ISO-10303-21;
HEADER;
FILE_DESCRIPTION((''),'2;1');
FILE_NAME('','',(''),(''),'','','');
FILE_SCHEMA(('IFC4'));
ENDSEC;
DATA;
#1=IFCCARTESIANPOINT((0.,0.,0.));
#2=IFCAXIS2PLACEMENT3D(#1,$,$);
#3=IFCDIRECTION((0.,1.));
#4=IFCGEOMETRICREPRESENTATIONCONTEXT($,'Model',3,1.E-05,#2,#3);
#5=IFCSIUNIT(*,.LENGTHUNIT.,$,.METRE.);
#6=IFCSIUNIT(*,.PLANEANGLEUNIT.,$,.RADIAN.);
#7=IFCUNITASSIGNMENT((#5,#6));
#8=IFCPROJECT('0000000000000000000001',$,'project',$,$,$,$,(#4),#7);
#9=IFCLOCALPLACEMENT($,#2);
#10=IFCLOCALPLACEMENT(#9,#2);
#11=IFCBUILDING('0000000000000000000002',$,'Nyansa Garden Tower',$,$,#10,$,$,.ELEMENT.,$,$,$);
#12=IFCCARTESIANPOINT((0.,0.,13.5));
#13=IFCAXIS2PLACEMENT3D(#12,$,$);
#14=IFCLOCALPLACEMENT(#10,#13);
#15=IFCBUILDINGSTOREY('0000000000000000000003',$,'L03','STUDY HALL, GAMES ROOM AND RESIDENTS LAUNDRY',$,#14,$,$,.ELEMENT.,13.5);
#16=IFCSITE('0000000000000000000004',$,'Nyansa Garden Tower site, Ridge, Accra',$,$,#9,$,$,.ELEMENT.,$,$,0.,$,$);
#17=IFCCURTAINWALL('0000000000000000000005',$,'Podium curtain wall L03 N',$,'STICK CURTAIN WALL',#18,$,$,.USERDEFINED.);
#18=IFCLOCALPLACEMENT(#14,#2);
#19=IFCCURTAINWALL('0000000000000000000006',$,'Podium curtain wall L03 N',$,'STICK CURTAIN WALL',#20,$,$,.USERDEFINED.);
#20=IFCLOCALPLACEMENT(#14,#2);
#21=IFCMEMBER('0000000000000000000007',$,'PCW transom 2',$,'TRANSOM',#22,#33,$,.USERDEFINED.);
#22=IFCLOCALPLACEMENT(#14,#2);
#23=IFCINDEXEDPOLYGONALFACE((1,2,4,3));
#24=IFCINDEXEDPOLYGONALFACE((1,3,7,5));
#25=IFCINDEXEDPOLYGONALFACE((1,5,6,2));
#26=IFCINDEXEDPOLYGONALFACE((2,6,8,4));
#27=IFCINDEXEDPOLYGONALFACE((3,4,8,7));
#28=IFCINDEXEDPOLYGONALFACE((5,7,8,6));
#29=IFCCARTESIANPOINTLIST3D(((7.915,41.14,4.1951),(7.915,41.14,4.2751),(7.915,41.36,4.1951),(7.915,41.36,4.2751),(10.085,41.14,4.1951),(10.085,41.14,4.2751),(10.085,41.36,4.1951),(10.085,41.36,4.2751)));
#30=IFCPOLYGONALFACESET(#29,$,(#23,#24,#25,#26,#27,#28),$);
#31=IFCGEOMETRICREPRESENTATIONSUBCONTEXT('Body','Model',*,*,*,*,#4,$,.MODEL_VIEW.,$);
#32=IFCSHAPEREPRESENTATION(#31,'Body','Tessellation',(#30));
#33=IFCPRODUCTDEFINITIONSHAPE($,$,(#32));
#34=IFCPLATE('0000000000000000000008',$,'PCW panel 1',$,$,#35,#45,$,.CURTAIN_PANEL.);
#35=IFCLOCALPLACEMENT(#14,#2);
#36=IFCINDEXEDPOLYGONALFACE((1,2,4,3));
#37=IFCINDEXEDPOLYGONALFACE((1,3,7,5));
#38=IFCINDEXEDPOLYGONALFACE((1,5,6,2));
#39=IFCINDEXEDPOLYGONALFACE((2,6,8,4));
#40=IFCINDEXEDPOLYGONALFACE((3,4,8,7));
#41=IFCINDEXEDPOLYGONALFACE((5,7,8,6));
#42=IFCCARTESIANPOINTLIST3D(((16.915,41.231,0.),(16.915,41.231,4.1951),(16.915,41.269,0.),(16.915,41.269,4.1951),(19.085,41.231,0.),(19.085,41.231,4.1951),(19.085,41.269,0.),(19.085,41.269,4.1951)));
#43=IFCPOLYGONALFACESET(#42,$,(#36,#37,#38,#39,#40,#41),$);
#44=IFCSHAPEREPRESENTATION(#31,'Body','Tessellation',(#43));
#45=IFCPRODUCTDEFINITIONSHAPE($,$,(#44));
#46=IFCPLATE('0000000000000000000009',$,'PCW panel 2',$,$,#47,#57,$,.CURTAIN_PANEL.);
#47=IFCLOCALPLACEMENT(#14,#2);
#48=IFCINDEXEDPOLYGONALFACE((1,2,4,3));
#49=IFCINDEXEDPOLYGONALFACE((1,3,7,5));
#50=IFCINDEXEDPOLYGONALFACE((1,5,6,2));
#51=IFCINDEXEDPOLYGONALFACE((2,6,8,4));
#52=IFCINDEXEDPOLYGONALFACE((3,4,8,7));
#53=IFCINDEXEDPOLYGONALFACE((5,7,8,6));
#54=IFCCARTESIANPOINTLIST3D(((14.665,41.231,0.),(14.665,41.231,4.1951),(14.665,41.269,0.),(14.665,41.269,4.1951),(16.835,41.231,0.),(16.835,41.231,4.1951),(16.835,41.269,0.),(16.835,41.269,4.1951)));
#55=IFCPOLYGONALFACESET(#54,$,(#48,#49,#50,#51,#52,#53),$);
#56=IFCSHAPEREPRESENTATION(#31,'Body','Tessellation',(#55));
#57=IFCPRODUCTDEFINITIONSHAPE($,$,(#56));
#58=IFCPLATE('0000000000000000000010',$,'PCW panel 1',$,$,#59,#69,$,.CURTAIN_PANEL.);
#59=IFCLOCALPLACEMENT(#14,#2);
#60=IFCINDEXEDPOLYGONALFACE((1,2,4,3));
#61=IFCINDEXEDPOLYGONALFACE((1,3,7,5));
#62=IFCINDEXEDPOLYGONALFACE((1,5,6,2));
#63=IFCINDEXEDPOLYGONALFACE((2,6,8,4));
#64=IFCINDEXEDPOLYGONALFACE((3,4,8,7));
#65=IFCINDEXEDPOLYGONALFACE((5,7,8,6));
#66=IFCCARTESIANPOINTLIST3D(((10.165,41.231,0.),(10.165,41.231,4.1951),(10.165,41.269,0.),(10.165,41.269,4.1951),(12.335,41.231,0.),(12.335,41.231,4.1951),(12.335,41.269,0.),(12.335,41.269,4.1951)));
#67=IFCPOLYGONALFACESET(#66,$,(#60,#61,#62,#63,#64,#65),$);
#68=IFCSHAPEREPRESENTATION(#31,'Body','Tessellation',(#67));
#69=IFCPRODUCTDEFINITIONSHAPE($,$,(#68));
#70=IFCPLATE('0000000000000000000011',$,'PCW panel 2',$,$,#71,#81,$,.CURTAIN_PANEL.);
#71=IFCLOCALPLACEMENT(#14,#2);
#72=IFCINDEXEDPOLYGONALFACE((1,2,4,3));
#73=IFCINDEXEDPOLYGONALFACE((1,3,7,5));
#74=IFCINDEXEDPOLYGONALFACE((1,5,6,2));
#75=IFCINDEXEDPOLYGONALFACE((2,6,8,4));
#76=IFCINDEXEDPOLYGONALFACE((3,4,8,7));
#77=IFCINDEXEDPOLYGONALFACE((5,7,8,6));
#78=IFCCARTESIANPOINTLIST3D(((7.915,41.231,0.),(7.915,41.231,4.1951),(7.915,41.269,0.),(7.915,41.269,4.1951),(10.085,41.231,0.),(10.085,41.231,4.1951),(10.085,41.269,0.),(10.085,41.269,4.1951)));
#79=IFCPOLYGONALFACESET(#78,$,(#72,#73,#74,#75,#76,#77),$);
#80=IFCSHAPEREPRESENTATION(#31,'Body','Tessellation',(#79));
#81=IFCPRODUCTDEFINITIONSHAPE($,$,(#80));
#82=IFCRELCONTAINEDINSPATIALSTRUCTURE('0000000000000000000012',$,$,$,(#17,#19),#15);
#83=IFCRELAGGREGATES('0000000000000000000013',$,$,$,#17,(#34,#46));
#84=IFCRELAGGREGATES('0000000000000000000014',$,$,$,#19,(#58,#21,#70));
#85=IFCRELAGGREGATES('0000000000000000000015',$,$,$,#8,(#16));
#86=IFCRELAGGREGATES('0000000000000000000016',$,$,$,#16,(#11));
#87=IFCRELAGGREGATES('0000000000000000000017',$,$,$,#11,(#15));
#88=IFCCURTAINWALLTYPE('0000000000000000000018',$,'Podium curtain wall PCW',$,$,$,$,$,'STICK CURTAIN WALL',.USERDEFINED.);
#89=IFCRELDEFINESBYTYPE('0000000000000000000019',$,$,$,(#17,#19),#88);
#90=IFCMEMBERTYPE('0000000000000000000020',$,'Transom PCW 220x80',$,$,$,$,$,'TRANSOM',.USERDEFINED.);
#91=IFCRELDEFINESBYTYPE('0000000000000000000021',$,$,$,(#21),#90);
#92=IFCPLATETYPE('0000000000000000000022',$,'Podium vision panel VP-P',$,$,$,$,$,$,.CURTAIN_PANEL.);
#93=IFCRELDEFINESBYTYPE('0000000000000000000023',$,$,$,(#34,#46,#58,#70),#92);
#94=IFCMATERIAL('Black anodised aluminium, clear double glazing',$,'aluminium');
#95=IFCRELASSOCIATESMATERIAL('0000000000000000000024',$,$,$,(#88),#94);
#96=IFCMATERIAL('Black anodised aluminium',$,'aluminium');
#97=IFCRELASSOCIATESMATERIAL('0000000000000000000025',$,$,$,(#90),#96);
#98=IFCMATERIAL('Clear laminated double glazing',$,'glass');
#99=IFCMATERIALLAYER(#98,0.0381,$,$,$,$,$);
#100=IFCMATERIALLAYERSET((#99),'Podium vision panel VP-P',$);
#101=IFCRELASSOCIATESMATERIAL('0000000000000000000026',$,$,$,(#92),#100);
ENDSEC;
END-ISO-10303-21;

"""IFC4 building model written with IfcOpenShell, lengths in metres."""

from ifc_helpers import new_model, si_unit, direction, frame, origin, origin_2d, place, context, subcontext, project, spatial, rectangle, extrude, material, layer, layer_set, material_profile, profile_set, type_object, element, aggregate, save


model = new_model("IFC4")

# Units and contexts
model_context = context("Model", 3, precision=1e-05, world=origin(), true_north=direction((0.0, 1.0)))
body_context = subcontext(model_context, "Body", "Model", "MODEL_VIEW")
ifc_project = project(units=[si_unit("LENGTHUNIT", "METRE"), si_unit("PLANEANGLEUNIT", "RADIAN")], contexts=[model_context])

# Site, building, storey
site_placement = place(None, origin())
site = spatial("IfcSite", under=ifc_project, at=site_placement, Name="Nyansa Garden Tower site, Ridge, Accra", CompositionType="ELEMENT", RefElevation=0.0)
building_placement = place(site_placement, origin())
building = spatial("IfcBuilding", under=site, at=building_placement, Name="Nyansa Garden Tower", CompositionType="ELEMENT")
storey_placement = place(building_placement, frame((0.0, 0.0, 13.5)))
storey = spatial("IfcBuildingStorey", under=building, at=storey_placement, Name="L03", Description="STUDY HALL, GAMES ROOM AND RESIDENTS LAUNDRY", CompositionType="ELEMENT", Elevation=13.5)

# Curtain walls
ifc_material_1 = material(Name="Black anodised aluminium, clear double glazing", Category="aluminium")
curtain_wall_type = type_object("IfcCurtainWallType", Name="Podium curtain wall PCW", ElementType="STICK CURTAIN WALL", PredefinedType="USERDEFINED", material=ifc_material_1)
curtain_wall_1_placement = place(storey_placement, origin())
curtain_wall_1 = element("IfcCurtainWall", 1, at=curtain_wall_1_placement, inside=storey, type_object=curtain_wall_type, Name="Podium curtain wall L03 N", ObjectType="STICK CURTAIN WALL", PredefinedType="USERDEFINED")
curtain_wall_2_placement = place(storey_placement, origin())
curtain_wall_2 = element("IfcCurtainWall", 2, at=curtain_wall_2_placement, inside=storey, type_object=curtain_wall_type, Name="Podium curtain wall L03 N", ObjectType="STICK CURTAIN WALL", PredefinedType="USERDEFINED")

# Member
ifc_material_2 = material(Name="Black anodised aluminium", Category="aluminium")
ifc_material_profile_1 = material_profile(ifc_material_2, rectangle(XDim=0.22, YDim=0.0801, at=origin_2d()), Name="Transom 220x80")
ifc_profile_set_1 = profile_set([ifc_material_profile_1], Name="Black anodised aluminium")
member_type_1 = type_object("IfcMemberType", Name="Transom PCW 220x80", ElementType="TRANSOM", PredefinedType="USERDEFINED", material=ifc_profile_set_1)
member_1_placement = place(storey_placement, frame((10.085, 41.25, 4.2351), z_axis=(-1.0, 0.0, 0.0), x_axis=(0.0, -1.0, 0.0)))
member_1 = element("IfcMember", 3, at=member_1_placement, type_object=member_type_1, Name="PCW transom 2", ObjectType="TRANSOM", PredefinedType="USERDEFINED", context=body_context, shape_type="SweptSolid", body=[
    extrude(rectangle(XDim=0.22, YDim=0.0801, at=origin_2d()), origin(), (0.0, 0.0, 1.0), 2.1699),
])

# Plates
ifc_material_3 = material(Name="Clear laminated double glazing", Category="glass")
ifc_layer = layer(ifc_material_3, 0.0381)
ifc_layer_set = layer_set([ifc_layer], Name="Podium vision panel VP-P")
plate_type = type_object("IfcPlateType", Name="Podium vision panel VP-P", PredefinedType="CURTAIN_PANEL", material=ifc_layer_set)
plate_1_placement = place(storey_placement, frame((18.0, 41.25, 0.0), z_axis=(0.0, 0.0, 1.0), x_axis=(-1.0, 0.0, 0.0)))
plate_1 = element("IfcPlate", 4, at=plate_1_placement, type_object=plate_type, Name="PCW panel 1", PredefinedType="CURTAIN_PANEL", context=body_context, shape_type="SweptSolid", body=[
    extrude(rectangle(XDim=2.1699, YDim=0.0381, at=origin_2d()), origin(), (0.0, 0.0, 1.0), 4.1951),
])
plate_2_placement = place(storey_placement, frame((15.75, 41.25, 0.0), z_axis=(0.0, 0.0, 1.0), x_axis=(-1.0, 0.0, 0.0)))
plate_2 = element("IfcPlate", 5, at=plate_2_placement, type_object=plate_type, Name="PCW panel 2", PredefinedType="CURTAIN_PANEL", context=body_context, shape_type="SweptSolid", body=[
    extrude(rectangle(XDim=2.1699, YDim=0.0381, at=origin_2d()), origin(), (0.0, 0.0, 1.0), 4.1951),
])
aggregate(curtain_wall_1, [plate_1, plate_2])
plate_3_placement = place(storey_placement, frame((11.25, 41.25, 0.0), z_axis=(0.0, 0.0, 1.0), x_axis=(-1.0, 0.0, 0.0)))
plate_3 = element("IfcPlate", 6, at=plate_3_placement, type_object=plate_type, Name="PCW panel 1", PredefinedType="CURTAIN_PANEL", context=body_context, shape_type="SweptSolid", body=[
    extrude(rectangle(XDim=2.1699, YDim=0.0381, at=origin_2d()), origin(), (0.0, 0.0, 1.0), 4.1951),
])
plate_4_placement = place(storey_placement, frame((9.0, 41.25, 0.0), z_axis=(0.0, 0.0, 1.0), x_axis=(-1.0, 0.0, 0.0)))
plate_4 = element("IfcPlate", 7, at=plate_4_placement, type_object=plate_type, Name="PCW panel 2", PredefinedType="CURTAIN_PANEL", context=body_context, shape_type="SweptSolid", body=[
    extrude(rectangle(XDim=2.1699, YDim=0.0381, at=origin_2d()), origin(), (0.0, 0.0, 1.0), 4.1951),
])
aggregate(curtain_wall_2, [plate_3, member_1, plate_4])

save(model, "model.ifc")
